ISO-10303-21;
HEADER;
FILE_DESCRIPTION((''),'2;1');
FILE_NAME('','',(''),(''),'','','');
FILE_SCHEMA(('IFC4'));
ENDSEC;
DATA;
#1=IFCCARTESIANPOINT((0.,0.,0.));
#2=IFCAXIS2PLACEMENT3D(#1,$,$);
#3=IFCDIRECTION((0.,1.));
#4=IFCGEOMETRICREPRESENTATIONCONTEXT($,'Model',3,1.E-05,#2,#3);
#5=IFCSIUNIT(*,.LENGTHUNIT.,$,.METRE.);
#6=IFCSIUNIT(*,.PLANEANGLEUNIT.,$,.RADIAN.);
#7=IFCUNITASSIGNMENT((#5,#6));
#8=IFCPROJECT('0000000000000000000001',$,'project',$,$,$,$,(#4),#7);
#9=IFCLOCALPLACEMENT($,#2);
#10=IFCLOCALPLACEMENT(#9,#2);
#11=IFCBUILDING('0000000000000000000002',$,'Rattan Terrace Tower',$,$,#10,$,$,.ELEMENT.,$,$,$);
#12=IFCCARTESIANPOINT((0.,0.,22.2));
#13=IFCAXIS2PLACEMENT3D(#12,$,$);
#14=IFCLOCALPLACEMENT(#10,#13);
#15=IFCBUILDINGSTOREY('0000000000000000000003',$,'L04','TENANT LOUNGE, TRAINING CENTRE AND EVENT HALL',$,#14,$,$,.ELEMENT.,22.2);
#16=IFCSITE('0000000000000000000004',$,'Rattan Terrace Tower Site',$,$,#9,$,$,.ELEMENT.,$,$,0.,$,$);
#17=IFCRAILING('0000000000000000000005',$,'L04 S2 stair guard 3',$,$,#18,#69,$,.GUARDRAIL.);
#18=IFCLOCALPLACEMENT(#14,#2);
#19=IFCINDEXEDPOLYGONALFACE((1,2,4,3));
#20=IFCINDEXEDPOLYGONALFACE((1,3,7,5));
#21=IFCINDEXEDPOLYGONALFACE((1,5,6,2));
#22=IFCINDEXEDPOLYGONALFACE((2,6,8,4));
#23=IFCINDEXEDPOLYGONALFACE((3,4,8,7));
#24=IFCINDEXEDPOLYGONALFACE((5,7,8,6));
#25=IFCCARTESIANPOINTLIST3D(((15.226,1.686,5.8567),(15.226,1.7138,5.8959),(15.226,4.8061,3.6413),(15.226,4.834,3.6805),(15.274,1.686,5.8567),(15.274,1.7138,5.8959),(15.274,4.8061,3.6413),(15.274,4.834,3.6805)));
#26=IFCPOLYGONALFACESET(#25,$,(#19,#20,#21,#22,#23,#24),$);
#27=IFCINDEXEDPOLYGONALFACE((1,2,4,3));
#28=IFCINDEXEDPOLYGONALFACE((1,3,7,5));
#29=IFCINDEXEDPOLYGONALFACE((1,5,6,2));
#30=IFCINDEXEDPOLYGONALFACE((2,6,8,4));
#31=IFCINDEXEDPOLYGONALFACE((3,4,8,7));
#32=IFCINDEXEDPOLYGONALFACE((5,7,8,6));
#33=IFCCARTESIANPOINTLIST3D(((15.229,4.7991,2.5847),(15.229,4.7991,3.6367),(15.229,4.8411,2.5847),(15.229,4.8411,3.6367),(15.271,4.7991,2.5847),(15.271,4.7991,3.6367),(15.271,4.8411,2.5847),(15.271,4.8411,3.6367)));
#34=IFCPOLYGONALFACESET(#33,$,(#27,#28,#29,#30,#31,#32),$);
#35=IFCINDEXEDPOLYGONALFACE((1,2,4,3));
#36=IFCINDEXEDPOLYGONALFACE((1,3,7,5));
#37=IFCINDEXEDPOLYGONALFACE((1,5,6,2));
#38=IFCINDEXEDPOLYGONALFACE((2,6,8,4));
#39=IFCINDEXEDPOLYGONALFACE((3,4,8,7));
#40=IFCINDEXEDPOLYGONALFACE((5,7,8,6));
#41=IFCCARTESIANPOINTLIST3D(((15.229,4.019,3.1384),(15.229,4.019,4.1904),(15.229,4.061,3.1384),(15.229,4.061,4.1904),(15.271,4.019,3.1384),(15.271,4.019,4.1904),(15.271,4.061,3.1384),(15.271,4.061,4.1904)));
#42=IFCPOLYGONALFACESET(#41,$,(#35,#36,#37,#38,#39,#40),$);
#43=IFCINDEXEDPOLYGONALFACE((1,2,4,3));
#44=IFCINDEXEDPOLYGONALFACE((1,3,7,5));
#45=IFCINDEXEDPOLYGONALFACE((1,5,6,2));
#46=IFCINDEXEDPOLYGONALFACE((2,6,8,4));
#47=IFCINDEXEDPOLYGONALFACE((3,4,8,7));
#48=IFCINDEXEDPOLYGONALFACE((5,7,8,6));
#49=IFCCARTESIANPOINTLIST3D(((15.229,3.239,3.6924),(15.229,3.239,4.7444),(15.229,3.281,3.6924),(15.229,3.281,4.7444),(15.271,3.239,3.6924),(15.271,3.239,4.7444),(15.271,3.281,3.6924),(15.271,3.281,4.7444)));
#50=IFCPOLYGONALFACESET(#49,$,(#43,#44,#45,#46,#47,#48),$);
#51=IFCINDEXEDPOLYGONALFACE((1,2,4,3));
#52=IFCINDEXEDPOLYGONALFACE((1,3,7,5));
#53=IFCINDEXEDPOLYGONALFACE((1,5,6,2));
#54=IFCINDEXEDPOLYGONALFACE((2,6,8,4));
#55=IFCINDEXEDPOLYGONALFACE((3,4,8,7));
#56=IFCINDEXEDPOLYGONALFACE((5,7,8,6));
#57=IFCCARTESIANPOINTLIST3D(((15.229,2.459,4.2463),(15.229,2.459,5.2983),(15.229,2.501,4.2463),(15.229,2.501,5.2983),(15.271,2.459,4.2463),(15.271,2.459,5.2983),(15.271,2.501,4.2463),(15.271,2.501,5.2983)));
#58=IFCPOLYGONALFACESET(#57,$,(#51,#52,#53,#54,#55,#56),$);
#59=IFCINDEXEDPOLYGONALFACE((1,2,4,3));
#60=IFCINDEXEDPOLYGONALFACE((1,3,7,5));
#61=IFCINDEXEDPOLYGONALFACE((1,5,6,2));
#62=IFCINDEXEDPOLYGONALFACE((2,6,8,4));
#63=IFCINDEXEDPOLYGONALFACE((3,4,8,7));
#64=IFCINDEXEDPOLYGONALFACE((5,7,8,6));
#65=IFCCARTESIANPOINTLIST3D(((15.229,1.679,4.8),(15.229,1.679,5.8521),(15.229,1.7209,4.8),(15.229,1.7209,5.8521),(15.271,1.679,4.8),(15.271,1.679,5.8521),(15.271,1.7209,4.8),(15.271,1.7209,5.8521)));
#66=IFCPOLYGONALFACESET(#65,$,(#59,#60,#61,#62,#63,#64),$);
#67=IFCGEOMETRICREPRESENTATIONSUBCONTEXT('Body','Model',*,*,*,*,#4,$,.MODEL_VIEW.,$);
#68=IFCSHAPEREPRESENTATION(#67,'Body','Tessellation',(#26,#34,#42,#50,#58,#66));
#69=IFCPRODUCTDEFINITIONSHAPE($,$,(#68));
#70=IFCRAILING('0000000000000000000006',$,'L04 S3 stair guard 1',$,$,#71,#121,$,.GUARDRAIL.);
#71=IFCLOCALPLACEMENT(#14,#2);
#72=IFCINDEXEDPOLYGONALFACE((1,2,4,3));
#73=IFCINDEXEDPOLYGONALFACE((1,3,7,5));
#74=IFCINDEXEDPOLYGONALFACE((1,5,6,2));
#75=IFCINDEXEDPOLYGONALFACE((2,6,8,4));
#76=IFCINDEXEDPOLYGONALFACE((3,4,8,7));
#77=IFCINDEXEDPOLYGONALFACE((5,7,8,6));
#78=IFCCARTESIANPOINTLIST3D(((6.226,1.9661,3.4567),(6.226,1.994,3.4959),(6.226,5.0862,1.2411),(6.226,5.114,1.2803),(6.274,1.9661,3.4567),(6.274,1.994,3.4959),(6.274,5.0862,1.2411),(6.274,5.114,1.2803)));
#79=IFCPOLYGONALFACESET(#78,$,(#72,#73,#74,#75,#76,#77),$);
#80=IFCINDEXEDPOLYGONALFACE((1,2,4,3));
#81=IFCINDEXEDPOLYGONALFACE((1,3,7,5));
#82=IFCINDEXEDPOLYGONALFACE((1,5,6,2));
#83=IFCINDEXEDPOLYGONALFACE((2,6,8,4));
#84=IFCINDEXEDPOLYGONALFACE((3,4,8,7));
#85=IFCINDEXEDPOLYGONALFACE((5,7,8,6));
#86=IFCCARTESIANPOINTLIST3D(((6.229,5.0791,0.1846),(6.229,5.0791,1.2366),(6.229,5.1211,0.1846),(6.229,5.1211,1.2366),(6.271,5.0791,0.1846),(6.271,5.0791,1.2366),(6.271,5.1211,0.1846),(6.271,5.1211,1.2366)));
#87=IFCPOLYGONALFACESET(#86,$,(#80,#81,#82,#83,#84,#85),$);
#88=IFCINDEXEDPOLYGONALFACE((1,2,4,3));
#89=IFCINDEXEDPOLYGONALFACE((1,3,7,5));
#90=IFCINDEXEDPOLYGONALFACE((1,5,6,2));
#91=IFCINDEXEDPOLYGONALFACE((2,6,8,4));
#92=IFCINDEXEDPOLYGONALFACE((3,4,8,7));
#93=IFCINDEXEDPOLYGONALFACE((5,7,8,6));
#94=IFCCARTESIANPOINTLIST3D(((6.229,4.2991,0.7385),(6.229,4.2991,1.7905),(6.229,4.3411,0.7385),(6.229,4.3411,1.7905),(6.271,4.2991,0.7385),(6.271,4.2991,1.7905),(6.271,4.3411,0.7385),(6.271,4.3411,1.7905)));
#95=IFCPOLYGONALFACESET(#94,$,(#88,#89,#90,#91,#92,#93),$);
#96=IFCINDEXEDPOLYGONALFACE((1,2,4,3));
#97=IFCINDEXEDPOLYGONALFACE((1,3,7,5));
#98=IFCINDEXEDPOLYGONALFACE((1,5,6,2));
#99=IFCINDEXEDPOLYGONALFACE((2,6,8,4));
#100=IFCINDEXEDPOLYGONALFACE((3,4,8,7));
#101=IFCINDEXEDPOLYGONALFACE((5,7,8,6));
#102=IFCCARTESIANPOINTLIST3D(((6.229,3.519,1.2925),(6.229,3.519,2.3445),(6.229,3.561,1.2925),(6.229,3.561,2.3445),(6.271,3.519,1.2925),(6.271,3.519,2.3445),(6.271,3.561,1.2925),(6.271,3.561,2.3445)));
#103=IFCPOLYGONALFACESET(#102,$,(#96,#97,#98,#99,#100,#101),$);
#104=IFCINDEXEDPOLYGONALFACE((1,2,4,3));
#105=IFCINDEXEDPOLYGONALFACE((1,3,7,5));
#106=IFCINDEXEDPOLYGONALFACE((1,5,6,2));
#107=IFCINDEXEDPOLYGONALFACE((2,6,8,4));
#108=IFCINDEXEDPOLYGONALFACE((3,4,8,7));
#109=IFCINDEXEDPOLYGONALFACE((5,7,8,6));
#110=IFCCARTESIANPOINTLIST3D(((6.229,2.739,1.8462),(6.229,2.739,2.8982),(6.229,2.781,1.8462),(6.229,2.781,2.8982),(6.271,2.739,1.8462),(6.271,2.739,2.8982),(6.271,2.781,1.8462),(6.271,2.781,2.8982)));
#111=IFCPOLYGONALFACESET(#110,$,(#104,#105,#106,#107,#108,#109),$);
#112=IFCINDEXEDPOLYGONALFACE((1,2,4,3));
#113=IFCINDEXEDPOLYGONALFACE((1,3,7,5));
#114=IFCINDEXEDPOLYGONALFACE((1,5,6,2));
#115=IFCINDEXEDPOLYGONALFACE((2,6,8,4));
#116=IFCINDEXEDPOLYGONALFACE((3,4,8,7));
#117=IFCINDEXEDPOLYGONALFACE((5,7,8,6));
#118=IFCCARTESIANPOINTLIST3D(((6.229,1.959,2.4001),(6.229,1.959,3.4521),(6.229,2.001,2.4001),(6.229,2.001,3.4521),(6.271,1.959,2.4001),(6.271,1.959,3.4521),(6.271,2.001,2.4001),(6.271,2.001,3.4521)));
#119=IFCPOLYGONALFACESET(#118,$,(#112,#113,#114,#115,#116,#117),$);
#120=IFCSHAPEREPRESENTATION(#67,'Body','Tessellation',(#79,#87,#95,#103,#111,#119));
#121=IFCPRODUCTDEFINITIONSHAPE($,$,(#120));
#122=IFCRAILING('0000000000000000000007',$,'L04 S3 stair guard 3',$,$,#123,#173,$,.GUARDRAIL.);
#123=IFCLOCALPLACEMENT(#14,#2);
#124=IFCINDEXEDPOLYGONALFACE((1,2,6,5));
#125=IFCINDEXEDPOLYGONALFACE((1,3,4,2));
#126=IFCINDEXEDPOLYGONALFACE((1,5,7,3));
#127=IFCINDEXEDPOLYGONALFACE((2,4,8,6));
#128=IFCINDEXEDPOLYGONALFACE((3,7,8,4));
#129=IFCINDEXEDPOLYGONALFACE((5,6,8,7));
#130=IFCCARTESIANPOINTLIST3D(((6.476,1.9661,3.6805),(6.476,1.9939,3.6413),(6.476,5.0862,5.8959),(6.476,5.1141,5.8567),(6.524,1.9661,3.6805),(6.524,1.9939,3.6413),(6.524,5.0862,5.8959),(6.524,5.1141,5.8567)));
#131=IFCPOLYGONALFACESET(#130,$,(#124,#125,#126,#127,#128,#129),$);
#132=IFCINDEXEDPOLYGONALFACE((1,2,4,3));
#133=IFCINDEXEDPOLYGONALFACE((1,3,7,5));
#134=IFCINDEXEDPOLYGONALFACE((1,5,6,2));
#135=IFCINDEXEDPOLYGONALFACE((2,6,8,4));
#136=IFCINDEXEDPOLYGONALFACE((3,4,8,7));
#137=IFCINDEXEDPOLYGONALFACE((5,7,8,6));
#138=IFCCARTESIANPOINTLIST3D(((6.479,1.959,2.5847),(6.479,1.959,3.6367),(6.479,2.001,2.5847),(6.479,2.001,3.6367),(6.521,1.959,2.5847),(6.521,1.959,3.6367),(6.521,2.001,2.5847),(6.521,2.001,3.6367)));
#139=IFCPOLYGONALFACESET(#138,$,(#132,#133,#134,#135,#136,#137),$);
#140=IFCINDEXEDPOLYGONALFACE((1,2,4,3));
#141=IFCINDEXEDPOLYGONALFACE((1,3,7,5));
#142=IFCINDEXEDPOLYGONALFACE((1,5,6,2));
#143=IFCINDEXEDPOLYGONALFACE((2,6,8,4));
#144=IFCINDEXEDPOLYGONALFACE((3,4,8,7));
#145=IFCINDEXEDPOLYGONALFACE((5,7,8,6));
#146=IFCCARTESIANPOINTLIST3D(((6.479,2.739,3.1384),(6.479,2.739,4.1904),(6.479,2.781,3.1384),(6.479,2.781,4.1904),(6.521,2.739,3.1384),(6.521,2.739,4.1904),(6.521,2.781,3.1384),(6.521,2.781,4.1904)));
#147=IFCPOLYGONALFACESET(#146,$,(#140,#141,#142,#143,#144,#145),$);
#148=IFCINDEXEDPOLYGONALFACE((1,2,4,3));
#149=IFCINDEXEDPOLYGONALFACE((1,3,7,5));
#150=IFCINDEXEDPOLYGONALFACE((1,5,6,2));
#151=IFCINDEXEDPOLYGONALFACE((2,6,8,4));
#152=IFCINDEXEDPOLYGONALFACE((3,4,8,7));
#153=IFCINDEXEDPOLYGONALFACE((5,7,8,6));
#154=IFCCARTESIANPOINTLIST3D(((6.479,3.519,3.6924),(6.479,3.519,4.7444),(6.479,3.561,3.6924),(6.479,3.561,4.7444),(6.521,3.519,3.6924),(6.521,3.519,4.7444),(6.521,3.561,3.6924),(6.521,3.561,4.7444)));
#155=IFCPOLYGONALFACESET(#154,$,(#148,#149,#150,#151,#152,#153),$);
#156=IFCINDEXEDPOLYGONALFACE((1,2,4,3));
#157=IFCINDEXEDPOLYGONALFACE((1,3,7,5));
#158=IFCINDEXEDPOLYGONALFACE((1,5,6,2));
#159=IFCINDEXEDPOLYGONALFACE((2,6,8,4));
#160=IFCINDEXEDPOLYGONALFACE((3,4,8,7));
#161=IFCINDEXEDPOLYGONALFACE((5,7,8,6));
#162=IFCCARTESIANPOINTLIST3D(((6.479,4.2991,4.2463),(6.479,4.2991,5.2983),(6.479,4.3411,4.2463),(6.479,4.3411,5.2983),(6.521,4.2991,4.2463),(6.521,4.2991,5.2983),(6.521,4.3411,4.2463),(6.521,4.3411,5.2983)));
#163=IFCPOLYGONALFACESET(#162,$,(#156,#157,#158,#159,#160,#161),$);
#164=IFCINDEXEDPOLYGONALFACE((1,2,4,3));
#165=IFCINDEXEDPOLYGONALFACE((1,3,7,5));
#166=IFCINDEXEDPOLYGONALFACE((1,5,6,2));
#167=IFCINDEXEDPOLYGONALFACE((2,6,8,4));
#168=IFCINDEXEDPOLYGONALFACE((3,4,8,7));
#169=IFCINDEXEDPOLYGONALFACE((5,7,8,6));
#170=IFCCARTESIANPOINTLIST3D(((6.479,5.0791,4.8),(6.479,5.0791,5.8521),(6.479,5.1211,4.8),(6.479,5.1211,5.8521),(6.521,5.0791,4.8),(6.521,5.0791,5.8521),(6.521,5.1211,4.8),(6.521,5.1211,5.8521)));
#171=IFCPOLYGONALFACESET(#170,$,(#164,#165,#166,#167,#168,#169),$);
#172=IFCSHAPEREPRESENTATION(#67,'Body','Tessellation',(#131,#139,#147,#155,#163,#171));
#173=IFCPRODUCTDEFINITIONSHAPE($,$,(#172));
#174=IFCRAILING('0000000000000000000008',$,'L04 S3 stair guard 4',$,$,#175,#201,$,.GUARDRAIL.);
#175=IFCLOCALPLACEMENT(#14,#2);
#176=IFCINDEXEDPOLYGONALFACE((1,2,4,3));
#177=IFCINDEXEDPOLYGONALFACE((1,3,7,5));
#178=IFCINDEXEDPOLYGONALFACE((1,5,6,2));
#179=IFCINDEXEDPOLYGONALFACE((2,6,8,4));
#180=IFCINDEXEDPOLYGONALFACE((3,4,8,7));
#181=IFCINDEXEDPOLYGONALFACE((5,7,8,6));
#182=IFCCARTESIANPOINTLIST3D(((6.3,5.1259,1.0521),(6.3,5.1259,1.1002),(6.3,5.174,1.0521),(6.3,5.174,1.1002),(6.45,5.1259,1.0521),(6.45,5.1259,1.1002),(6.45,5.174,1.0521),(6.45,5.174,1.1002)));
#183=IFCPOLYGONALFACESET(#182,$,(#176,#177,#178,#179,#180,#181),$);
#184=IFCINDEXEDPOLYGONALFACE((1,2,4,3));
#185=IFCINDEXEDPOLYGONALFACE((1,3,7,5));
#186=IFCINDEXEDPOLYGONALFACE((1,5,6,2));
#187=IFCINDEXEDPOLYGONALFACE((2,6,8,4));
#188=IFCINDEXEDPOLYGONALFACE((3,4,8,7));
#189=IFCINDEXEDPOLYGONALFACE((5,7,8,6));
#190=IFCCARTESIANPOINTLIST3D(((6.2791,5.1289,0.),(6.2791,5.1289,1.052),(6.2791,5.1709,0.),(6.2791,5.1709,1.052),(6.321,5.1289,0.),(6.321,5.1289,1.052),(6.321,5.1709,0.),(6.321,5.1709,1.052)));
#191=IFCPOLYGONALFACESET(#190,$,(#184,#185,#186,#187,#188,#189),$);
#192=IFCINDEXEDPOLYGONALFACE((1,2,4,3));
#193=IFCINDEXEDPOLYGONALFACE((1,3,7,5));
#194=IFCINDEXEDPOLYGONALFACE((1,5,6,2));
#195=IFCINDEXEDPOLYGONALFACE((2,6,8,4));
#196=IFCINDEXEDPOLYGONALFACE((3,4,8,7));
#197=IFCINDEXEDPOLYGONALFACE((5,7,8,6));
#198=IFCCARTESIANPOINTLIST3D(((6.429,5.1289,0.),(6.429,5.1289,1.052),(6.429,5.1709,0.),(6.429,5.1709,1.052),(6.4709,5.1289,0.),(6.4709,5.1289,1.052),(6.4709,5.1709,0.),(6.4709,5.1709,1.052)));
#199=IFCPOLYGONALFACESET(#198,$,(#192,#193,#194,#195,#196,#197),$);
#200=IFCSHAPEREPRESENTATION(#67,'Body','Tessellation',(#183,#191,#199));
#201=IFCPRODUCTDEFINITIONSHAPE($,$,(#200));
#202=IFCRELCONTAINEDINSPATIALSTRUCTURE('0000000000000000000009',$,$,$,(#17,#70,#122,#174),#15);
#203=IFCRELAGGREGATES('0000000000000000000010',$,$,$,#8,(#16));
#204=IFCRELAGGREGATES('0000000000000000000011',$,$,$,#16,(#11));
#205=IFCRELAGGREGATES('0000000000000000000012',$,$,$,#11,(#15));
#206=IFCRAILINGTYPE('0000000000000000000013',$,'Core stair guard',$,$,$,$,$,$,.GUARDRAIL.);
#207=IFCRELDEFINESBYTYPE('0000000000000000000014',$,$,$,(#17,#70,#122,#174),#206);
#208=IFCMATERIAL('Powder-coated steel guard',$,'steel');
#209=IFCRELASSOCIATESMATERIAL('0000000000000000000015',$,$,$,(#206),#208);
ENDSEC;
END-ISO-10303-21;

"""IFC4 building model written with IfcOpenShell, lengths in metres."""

from ifc_helpers import new_model, si_unit, direction, frame, origin, origin_2d, place, context, subcontext, project, spatial, rectangle, extrude, material, type_object, element, save


model = new_model("IFC4")

# Units and contexts
model_context = context("Model", 3, precision=1e-05, world=origin(), true_north=direction((0.0, 1.0)))
body_context = subcontext(model_context, "Body", "Model", "MODEL_VIEW")
ifc_project = project(units=[si_unit("LENGTHUNIT", "METRE"), si_unit("PLANEANGLEUNIT", "RADIAN")], contexts=[model_context])

# Site, building, storey
site_placement = place(None, origin())
site = spatial("IfcSite", under=ifc_project, at=site_placement, Name="Rattan Terrace Tower Site", CompositionType="ELEMENT", RefElevation=0.0)
building_placement = place(site_placement, origin())
building = spatial("IfcBuilding", under=site, at=building_placement, Name="Rattan Terrace Tower", CompositionType="ELEMENT")
storey_placement = place(building_placement, frame((0.0, 0.0, 22.2)))
storey = spatial("IfcBuildingStorey", under=building, at=storey_placement, Name="L04", Description="TENANT LOUNGE, TRAINING CENTRE AND EVENT HALL", CompositionType="ELEMENT", Elevation=22.2)

# Railings
ifc_material_1 = material(Name="Powder-coated steel guard", Category="steel")
railing_type_1 = type_object("IfcRailingType", Name="Core stair guard", PredefinedType="GUARDRAIL", material=ifc_material_1)
railing_1_placement = place(storey_placement, frame((15.25, 4.8201, 2.5847)))
element("IfcRailing", 1, at=railing_1_placement, inside=storey, type_object=railing_type_1, Name="L04 S2 stair guard 3", PredefinedType="GUARDRAIL", context=body_context, shape_type="SweptSolid", body=[
    extrude(rectangle(XDim=0.0481, YDim=0.0481, at=origin_2d()), frame((0.0, 0.0, 1.0762), z_axis=(0.0, -0.815377, 0.57893), x_axis=(1.0, 0.0, 0.0)), (0.0, 0.0, 1.0), 3.8267),
    extrude(rectangle(XDim=0.042, YDim=0.042, at=origin_2d()), origin(), (0.0, 0.0, 1.0), 1.052),
    extrude(rectangle(XDim=0.042, YDim=0.042, at=origin_2d()), frame((0.0, -0.78, 0.5537)), (0.0, 0.0, 1.0), 1.052),
    extrude(rectangle(XDim=0.042, YDim=0.042, at=origin_2d()), frame((0.0, -1.5601, 1.1077)), (0.0, 0.0, 1.0), 1.052),
    extrude(rectangle(XDim=0.042, YDim=0.042, at=origin_2d()), frame((0.0, -2.3401, 1.6616)), (0.0, 0.0, 1.0), 1.052),
    extrude(rectangle(XDim=0.042, YDim=0.042, at=origin_2d()), frame((0.0, -3.1201, 2.2153)), (0.0, 0.0, 1.0), 1.052),
])
railing_2_placement = place(storey_placement, frame((6.25, 5.1001, 0.1846)))
element("IfcRailing", 2, at=railing_2_placement, inside=storey, type_object=railing_type_1, Name="L04 S3 stair guard 1", PredefinedType="GUARDRAIL", context=body_context, shape_type="SweptSolid", body=[
    extrude(rectangle(XDim=0.0481, YDim=0.0481, at=origin_2d()), frame((0.0, 0.0, 1.0762), z_axis=(0.0, -0.815347, 0.578973), x_axis=(1.0, 0.0, 0.0)), (0.0, 0.0, 1.0), 3.8267),
    extrude(rectangle(XDim=0.042, YDim=0.042, at=origin_2d()), origin(), (0.0, 0.0, 1.0), 1.052),
    extrude(rectangle(XDim=0.042, YDim=0.042, at=origin_2d()), frame((0.0, -0.78, 0.554)), (0.0, 0.0, 1.0), 1.052),
    extrude(rectangle(XDim=0.042, YDim=0.042, at=origin_2d()), frame((0.0, -1.5601, 1.1079)), (0.0, 0.0, 1.0), 1.052),
    extrude(rectangle(XDim=0.042, YDim=0.042, at=origin_2d()), frame((0.0, -2.3401, 1.6616)), (0.0, 0.0, 1.0), 1.052),
    extrude(rectangle(XDim=0.042, YDim=0.042, at=origin_2d()), frame((0.0, -3.1201, 2.2156)), (0.0, 0.0, 1.0), 1.052),
])
railing_3_placement = place(storey_placement, frame((6.5, 1.98, 2.5847)))
element("IfcRailing", 3, at=railing_3_placement, inside=storey, type_object=railing_type_1, Name="L04 S3 stair guard 3", PredefinedType="GUARDRAIL", context=body_context, shape_type="SweptSolid", body=[
    extrude(rectangle(XDim=0.0481, YDim=0.0481, at=origin_2d()), frame((0.0, 0.0, 1.0762), z_axis=(0.0, 0.815377, 0.57893), x_axis=(-1.0, 0.0, 0.0)), (0.0, 0.0, 1.0), 3.8267),
    extrude(rectangle(XDim=0.042, YDim=0.042, at=origin_2d()), origin(), (0.0, 0.0, 1.0), 1.052),
    extrude(rectangle(XDim=0.042, YDim=0.042, at=origin_2d()), frame((0.0, 0.78, 0.5537)), (0.0, 0.0, 1.0), 1.052),
    extrude(rectangle(XDim=0.042, YDim=0.042, at=origin_2d()), frame((0.0, 1.5601, 1.1077)), (0.0, 0.0, 1.0), 1.052),
    extrude(rectangle(XDim=0.042, YDim=0.042, at=origin_2d()), frame((0.0, 2.3401, 1.6616)), (0.0, 0.0, 1.0), 1.052),
    extrude(rectangle(XDim=0.042, YDim=0.042, at=origin_2d()), frame((0.0, 3.1201, 2.2153)), (0.0, 0.0, 1.0), 1.052),
])
railing_4_placement = place(storey_placement, frame((6.3, 5.1499, 0.0)))
element("IfcRailing", 4, at=railing_4_placement, inside=storey, type_object=railing_type_1, Name="L04 S3 stair guard 4", PredefinedType="GUARDRAIL", context=body_context, shape_type="SweptSolid", body=[
    extrude(rectangle(XDim=0.0481, YDim=0.0481, at=origin_2d()), frame((0.0, 0.0, 1.0762), z_axis=(1.0, 0.0, 0.0), x_axis=(0.0, 1.0, 0.0)), (0.0, 0.0, 1.0), 0.1499),
    extrude(rectangle(XDim=0.042, YDim=0.042, at=origin_2d()), origin(), (0.0, 0.0, 1.0), 1.052),
    extrude(rectangle(XDim=0.042, YDim=0.042, at=origin_2d()), frame((0.1499, 0.0, 0.0)), (0.0, 0.0, 1.0), 1.052),
])

save(model, "model.ifc")
